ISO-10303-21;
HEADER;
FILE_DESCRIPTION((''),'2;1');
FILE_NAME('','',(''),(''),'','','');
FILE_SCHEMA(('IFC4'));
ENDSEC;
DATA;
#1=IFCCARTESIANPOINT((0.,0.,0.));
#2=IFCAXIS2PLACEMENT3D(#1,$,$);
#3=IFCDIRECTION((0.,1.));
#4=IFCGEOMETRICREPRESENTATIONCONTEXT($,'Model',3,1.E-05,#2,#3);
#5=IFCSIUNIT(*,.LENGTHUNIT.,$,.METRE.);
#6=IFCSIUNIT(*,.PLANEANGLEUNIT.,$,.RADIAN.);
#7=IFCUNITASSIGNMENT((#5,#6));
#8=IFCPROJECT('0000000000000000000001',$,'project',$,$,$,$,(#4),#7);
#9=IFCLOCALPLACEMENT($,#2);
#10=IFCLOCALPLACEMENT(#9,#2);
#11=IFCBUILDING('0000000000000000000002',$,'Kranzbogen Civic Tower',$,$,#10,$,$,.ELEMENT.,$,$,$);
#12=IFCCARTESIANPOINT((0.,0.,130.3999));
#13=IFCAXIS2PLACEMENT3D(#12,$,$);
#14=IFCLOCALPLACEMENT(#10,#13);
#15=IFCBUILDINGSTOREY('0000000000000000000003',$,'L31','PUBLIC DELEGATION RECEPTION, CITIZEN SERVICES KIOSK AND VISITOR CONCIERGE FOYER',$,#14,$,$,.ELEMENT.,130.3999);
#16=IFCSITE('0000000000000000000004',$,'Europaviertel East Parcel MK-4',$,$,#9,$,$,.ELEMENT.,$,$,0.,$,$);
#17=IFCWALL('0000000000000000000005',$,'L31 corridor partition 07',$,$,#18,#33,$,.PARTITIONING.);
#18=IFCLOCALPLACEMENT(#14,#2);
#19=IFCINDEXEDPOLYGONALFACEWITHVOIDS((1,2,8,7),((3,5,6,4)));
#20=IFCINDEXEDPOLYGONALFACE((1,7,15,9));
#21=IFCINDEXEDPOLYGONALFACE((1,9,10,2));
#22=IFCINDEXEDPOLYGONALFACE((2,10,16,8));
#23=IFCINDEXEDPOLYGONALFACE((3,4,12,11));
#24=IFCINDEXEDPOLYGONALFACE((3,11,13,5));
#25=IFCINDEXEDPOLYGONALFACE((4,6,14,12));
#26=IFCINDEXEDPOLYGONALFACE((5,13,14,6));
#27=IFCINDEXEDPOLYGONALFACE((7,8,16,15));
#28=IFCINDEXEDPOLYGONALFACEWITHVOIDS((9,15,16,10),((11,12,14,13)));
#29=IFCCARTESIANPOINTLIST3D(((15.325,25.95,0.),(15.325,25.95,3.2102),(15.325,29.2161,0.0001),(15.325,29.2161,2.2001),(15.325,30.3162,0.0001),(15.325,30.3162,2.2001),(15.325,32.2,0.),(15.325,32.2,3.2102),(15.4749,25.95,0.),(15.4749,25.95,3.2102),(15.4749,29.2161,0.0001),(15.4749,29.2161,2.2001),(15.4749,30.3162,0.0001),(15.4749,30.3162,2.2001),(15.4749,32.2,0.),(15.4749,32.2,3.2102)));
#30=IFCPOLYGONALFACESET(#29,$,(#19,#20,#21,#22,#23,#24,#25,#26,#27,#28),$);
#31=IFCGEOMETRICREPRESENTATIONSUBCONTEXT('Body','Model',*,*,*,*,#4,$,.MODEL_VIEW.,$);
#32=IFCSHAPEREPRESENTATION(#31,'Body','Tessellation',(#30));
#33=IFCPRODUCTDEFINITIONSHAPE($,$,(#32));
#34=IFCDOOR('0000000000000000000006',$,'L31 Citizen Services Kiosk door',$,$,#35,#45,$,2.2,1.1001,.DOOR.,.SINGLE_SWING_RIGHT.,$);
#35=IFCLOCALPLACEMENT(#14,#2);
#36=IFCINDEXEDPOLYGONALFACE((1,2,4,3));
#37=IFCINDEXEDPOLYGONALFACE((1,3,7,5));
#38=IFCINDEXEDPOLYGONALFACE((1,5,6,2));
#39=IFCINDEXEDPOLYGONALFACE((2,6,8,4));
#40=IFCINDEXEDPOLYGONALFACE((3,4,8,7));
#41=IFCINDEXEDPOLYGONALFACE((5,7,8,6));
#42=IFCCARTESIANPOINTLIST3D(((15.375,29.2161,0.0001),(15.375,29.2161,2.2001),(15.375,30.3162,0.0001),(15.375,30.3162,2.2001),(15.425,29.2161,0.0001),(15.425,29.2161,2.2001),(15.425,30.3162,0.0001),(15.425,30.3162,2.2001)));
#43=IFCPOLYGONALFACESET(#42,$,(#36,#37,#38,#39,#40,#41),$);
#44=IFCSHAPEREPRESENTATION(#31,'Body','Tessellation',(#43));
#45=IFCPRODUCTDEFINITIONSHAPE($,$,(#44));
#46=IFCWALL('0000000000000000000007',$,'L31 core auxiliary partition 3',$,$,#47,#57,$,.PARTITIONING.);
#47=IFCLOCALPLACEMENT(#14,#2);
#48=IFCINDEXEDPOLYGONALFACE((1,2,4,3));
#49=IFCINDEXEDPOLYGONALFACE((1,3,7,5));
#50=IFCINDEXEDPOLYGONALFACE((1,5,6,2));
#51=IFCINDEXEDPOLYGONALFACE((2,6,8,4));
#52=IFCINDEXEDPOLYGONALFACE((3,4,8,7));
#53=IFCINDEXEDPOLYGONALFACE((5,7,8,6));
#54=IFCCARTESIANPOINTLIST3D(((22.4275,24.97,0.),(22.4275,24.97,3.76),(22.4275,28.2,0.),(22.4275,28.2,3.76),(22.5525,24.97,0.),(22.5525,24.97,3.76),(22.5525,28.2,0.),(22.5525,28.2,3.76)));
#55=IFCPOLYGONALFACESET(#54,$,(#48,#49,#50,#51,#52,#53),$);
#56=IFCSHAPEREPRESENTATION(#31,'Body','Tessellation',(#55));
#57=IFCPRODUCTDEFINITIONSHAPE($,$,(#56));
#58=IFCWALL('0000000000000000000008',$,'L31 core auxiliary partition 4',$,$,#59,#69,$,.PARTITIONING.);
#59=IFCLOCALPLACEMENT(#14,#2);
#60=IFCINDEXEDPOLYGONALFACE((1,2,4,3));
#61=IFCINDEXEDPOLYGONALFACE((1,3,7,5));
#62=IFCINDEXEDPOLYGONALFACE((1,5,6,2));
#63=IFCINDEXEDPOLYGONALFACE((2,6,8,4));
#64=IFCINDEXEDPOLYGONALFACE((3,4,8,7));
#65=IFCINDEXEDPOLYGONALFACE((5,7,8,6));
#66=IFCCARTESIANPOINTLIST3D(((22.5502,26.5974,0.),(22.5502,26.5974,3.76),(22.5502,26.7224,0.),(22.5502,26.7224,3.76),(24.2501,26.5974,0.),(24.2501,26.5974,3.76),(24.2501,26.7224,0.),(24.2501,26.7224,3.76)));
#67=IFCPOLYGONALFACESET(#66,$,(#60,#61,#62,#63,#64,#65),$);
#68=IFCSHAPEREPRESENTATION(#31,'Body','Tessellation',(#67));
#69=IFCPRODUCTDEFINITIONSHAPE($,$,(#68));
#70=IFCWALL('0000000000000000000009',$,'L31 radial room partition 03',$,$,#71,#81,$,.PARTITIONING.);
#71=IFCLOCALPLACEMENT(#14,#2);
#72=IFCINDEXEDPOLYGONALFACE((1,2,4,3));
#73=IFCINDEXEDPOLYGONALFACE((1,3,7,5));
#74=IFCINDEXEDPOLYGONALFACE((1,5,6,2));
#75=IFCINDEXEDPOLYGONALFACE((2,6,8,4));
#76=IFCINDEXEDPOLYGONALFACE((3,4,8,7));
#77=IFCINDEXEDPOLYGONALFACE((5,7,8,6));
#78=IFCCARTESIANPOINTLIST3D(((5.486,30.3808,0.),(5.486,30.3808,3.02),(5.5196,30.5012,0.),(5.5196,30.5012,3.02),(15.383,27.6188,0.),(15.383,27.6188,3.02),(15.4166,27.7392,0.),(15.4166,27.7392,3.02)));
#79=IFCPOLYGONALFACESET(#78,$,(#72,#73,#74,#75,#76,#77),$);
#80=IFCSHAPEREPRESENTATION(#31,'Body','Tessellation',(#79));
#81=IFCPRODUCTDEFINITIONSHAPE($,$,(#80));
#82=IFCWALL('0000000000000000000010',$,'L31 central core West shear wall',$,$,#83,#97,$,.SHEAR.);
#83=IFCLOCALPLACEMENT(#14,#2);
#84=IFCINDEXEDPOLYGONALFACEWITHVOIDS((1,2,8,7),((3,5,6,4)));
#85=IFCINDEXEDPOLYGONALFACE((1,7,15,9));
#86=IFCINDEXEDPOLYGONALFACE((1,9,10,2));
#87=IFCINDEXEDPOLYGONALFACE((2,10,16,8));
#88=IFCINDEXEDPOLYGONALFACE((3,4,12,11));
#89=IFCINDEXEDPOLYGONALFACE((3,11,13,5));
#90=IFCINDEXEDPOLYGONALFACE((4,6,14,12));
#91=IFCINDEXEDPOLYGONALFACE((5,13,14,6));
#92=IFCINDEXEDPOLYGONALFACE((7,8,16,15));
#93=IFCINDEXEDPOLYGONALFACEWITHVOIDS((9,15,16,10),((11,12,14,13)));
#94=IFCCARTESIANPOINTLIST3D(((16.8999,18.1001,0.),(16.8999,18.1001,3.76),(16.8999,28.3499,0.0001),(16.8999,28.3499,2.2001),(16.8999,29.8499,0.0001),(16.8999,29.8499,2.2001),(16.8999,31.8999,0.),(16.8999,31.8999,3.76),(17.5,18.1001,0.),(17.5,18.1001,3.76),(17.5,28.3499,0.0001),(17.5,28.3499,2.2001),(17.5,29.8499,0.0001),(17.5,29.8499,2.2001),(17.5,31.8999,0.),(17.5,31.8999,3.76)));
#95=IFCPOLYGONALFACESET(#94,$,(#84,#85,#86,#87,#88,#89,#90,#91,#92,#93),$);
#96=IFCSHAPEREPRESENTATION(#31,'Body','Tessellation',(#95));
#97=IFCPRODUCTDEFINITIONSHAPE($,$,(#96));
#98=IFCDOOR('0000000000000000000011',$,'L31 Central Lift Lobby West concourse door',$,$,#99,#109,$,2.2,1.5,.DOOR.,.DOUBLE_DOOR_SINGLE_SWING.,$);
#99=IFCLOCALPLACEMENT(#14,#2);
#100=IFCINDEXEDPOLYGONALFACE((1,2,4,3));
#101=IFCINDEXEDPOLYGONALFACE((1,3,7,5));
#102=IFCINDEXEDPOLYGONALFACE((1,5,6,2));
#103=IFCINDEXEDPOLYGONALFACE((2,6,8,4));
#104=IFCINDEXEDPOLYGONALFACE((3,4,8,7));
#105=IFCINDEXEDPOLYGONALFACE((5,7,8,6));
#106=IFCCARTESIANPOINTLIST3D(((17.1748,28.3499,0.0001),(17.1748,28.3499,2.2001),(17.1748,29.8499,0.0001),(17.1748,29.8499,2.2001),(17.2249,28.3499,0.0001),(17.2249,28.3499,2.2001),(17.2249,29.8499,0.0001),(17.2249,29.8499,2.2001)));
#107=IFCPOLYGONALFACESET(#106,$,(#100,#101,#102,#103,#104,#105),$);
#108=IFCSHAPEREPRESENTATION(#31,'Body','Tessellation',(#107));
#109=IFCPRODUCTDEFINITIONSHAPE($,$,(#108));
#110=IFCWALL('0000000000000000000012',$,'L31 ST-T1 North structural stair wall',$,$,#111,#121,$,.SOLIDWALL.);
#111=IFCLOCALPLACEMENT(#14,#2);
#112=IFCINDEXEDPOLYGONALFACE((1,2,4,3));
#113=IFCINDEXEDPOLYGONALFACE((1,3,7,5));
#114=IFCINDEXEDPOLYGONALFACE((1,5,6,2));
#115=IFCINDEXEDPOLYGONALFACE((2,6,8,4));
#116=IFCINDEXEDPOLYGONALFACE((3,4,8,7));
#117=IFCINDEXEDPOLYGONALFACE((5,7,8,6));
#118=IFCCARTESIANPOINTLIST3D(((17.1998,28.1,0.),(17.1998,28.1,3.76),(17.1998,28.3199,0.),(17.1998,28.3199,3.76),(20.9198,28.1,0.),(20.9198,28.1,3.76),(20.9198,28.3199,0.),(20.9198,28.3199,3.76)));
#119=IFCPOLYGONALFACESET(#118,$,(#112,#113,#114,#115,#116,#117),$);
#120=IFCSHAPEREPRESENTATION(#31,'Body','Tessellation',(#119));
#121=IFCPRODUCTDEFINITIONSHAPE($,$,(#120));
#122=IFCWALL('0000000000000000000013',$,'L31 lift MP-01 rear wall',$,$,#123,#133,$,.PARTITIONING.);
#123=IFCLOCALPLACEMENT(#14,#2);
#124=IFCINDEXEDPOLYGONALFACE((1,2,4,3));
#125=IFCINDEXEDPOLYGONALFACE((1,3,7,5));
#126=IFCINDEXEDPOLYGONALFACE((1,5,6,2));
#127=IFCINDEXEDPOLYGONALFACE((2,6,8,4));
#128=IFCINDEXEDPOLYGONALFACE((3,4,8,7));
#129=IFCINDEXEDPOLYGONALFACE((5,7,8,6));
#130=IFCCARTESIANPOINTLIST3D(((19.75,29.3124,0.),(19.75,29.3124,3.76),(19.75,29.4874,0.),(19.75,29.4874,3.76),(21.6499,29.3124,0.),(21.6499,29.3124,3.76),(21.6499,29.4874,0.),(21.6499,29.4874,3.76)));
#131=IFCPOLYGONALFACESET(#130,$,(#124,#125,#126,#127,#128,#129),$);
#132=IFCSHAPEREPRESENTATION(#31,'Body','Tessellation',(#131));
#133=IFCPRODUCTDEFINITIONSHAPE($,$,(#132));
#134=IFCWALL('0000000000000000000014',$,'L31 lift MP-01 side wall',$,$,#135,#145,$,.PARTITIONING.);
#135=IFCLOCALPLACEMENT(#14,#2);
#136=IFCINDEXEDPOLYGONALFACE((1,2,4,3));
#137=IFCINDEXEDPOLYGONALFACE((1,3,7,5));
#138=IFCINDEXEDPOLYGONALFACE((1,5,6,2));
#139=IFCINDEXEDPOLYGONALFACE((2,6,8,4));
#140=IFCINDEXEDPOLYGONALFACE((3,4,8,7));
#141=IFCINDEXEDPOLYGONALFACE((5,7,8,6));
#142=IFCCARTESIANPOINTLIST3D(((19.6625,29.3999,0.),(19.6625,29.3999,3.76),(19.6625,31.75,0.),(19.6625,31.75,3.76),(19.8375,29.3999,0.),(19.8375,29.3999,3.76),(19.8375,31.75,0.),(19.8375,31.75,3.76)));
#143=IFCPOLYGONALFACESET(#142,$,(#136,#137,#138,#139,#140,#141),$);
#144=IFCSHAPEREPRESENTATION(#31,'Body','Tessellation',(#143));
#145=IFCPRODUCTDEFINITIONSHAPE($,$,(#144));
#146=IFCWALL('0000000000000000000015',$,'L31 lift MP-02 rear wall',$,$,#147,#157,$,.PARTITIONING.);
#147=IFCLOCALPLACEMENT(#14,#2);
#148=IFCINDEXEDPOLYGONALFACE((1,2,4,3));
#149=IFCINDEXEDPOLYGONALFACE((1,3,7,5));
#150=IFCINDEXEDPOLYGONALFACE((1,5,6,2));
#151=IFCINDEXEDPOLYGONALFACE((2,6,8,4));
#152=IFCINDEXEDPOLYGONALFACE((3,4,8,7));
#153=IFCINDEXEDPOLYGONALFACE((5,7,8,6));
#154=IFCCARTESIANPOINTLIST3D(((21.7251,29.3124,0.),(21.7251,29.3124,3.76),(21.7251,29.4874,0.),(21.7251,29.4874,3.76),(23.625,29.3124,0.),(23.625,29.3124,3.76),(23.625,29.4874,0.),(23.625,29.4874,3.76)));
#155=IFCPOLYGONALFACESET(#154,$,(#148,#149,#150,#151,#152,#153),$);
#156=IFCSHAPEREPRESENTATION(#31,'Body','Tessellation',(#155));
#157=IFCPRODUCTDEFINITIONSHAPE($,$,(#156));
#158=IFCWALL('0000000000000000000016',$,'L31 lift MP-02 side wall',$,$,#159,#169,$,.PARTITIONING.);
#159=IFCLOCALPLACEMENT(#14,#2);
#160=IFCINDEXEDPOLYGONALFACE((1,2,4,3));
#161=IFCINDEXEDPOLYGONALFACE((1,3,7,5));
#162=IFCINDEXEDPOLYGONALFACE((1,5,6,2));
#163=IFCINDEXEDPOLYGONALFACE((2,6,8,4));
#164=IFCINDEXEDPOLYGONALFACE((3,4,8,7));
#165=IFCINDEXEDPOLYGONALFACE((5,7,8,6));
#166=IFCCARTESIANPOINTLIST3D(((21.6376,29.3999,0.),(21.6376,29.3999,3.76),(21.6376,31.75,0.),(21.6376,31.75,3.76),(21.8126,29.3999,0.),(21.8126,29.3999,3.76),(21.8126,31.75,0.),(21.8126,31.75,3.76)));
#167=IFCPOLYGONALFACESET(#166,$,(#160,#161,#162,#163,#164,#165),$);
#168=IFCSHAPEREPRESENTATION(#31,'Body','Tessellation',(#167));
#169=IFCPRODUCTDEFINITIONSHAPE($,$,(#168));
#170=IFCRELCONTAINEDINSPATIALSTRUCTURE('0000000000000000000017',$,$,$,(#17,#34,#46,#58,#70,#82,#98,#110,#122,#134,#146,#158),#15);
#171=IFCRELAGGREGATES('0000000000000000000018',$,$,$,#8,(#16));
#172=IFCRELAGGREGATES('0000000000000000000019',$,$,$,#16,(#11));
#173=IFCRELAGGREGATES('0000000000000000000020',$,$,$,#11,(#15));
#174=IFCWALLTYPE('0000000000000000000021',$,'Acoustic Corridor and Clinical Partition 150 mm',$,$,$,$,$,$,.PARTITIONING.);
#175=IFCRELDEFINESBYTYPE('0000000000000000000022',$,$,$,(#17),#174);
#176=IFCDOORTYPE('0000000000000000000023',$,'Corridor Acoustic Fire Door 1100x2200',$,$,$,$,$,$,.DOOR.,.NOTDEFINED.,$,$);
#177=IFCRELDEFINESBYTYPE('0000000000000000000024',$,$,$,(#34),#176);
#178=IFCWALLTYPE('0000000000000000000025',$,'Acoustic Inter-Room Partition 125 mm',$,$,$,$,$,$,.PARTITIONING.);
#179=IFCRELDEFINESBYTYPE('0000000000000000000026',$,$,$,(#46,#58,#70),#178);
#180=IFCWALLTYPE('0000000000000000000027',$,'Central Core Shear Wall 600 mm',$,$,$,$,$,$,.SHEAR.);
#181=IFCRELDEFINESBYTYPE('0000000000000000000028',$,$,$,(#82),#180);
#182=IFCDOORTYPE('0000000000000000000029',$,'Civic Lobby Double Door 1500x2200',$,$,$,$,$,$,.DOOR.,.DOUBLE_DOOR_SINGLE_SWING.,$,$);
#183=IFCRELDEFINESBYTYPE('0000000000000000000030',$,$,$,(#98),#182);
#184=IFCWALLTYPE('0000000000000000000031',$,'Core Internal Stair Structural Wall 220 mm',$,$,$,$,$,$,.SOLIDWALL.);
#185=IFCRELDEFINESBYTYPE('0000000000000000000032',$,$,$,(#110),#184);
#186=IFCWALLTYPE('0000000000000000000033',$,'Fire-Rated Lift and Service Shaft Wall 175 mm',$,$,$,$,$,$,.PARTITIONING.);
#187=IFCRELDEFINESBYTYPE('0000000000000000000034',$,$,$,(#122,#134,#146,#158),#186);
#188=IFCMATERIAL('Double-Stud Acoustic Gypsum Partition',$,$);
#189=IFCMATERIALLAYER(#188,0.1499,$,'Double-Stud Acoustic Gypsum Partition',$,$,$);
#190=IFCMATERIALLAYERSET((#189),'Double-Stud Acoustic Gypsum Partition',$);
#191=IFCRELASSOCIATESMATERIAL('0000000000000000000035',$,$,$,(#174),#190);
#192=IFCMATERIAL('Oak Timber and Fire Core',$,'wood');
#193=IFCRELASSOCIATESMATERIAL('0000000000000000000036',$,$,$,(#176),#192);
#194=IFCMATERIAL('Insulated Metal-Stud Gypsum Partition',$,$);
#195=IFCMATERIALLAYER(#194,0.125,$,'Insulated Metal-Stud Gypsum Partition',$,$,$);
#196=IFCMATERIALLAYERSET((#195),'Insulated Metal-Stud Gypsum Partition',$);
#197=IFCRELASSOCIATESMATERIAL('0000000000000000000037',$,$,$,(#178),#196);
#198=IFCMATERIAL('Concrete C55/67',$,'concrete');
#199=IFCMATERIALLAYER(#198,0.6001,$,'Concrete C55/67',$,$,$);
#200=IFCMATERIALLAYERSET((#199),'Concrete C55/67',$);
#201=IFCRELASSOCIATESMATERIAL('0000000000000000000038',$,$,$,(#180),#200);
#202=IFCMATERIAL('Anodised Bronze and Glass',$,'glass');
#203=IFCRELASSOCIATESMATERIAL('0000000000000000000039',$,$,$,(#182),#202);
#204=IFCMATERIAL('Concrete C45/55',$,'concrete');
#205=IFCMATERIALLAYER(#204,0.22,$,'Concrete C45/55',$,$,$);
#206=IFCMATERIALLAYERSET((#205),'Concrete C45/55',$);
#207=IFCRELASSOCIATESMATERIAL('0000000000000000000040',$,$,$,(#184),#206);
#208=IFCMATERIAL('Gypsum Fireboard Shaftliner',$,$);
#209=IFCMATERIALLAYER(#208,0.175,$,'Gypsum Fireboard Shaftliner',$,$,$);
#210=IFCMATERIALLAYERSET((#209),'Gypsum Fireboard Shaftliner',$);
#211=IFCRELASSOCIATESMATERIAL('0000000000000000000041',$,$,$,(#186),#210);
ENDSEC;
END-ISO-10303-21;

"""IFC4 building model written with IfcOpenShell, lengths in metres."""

from ifc_helpers import new_model, si_unit, direction, frame, frame_2d, origin, place, context, subcontext, project, spatial, rectangle, extrude, material, layer, layer_set, type_object, element, fill, save


model = new_model("IFC4")

# Units and contexts
model_context = context("Model", 3, precision=1e-05, world=origin(), true_north=direction((0.0, 1.0)))
body_context = subcontext(model_context, "Body", "Model", "MODEL_VIEW")
ifc_project = project(units=[si_unit("LENGTHUNIT", "METRE"), si_unit("PLANEANGLEUNIT", "RADIAN")], contexts=[model_context])

# Site, building, storey
site_placement = place(None, origin())
site = spatial("IfcSite", under=ifc_project, at=site_placement, Name="Europaviertel East Parcel MK-4", CompositionType="ELEMENT", RefElevation=0.0)
building_placement = place(site_placement, origin())
building = spatial("IfcBuilding", under=site, at=building_placement, Name="Kranzbogen Civic Tower", CompositionType="ELEMENT")
storey_placement = place(building_placement, frame((0.0, 0.0, 130.3999)))
storey = spatial("IfcBuildingStorey", under=building, at=storey_placement, Name="L31", Description="PUBLIC DELEGATION RECEPTION, CITIZEN SERVICES KIOSK AND VISITOR CONCIERGE FOYER", CompositionType="ELEMENT", Elevation=130.3999)

# Shared definitions
ifc_material_1 = material(Name="Double-Stud Acoustic Gypsum Partition")
ifc_layer_1 = layer(ifc_material_1, 0.1499, Name="Double-Stud Acoustic Gypsum Partition")
ifc_layer_set_1 = layer_set([ifc_layer_1], Name="Double-Stud Acoustic Gypsum Partition")
wall_type_1 = type_object("IfcWallType", Name="Acoustic Corridor and Clinical Partition 150 mm", PredefinedType="PARTITIONING", material=ifc_layer_set_1)

# Wall, opening, door
wall_1_placement = place(storey_placement, frame((15.3999, 25.95, 0.0), z_axis=(0.0, 0.0, 1.0), x_axis=(0.0, 1.0, 0.0)))
wall_1 = element("IfcWall", 1, at=wall_1_placement, inside=storey, type_object=wall_type_1, Name="L31 corridor partition 07", PredefinedType="PARTITIONING", context=body_context, shape_type="SweptSolid", body=[
    extrude(rectangle(XDim=6.25, YDim=0.1499, at=frame_2d((3.125, 0.0))), origin(), (0.0, 0.0, 1.0), 3.2102),
])
opening_1_placement = place(wall_1_placement, frame((3.2661, 0.0, 0.0)))
opening_1 = element("IfcOpeningElement", 2, at=opening_1_placement, cuts=wall_1, PredefinedType="OPENING", context=body_context, shape_type="SweptSolid", body=[
    extrude(rectangle(XDim=1.1001, YDim=2.2, at=frame_2d((0.55, 1.1001))), frame((0.0, 0.085, 0.0), z_axis=(0.0, -1.0, 0.0), x_axis=(1.0, 0.0, 0.0)), (0.0, 0.0, 1.0), 0.1699),
])
ifc_material_2 = material(Name="Oak Timber and Fire Core", Category="wood")
door_type_1 = type_object("IfcDoorType", Name="Corridor Acoustic Fire Door 1100x2200", OperationType="NOTDEFINED", PredefinedType="DOOR", material=ifc_material_2)
door_1_placement = place(opening_1_placement, origin())
door_1 = element("IfcDoor", 3, at=door_1_placement, inside=storey, type_object=door_type_1, Name="L31 Citizen Services Kiosk door", OperationType="SINGLE_SWING_RIGHT", OverallHeight=2.2, OverallWidth=1.1001, PredefinedType="DOOR", context=body_context, shape_type="SweptSolid", body=[
    extrude(rectangle(XDim=1.1001, YDim=2.2, at=frame_2d((0.55, 1.1001))), frame((0.0, 0.0249, 0.0), z_axis=(0.0, -1.0, 0.0), x_axis=(1.0, 0.0, 0.0)), (0.0, 0.0, 1.0), 0.05),
])
fill(opening_1, door_1)
ifc_material_3 = material(Name="Insulated Metal-Stud Gypsum Partition")
ifc_layer_2 = layer(ifc_material_3, 0.125, Name="Insulated Metal-Stud Gypsum Partition")
ifc_layer_set_2 = layer_set([ifc_layer_2], Name="Insulated Metal-Stud Gypsum Partition")
wall_type_2 = type_object("IfcWallType", Name="Acoustic Inter-Room Partition 125 mm", PredefinedType="PARTITIONING", material=ifc_layer_set_2)

# Walls
wall_2_placement = place(storey_placement, frame((22.49, 24.97, 0.0), z_axis=(0.0, 0.0, 1.0), x_axis=(0.0, 1.0, 0.0)))
element("IfcWall", 4, at=wall_2_placement, inside=storey, type_object=wall_type_2, Name="L31 core auxiliary partition 3", PredefinedType="PARTITIONING", context=body_context, shape_type="SweptSolid", body=[
    extrude(rectangle(XDim=3.23, YDim=0.125, at=frame_2d((1.615, 0.0))), origin(), (0.0, 0.0, 1.0), 3.76),
])
wall_3_placement = place(storey_placement, frame((22.55, 26.6599, 0.0), z_axis=(0.0, 0.0, 1.0), x_axis=(1.0, 0.0, 0.0)))
element("IfcWall", 5, at=wall_3_placement, inside=storey, type_object=wall_type_2, Name="L31 core auxiliary partition 4", PredefinedType="PARTITIONING", context=body_context, shape_type="SweptSolid", body=[
    extrude(rectangle(XDim=1.7, YDim=0.125, at=frame_2d((0.8501, 0.0))), origin(), (0.0, 0.0, 1.0), 3.76),
])
wall_4_placement = place(storey_placement, frame((15.3999, 27.679, 0.0), z_axis=(0.0, 0.0, 1.0), x_axis=(-0.963196, 0.268801, 0.0)))
element("IfcWall", 6, at=wall_4_placement, inside=storey, type_object=wall_type_2, Name="L31 radial room partition 03", PredefinedType="PARTITIONING", context=body_context, shape_type="SweptSolid", body=[
    extrude(rectangle(XDim=10.2751, YDim=0.125, at=frame_2d((5.1377, 0.0))), origin(), (0.0, 0.0, 1.0), 3.02),
])

# Wall, opening, door
ifc_material_4 = material(Name="Concrete C55/67", Category="concrete")
ifc_layer_3 = layer(ifc_material_4, 0.6001, Name="Concrete C55/67")
ifc_layer_set_3 = layer_set([ifc_layer_3], Name="Concrete C55/67")
wall_type_3 = type_object("IfcWallType", Name="Central Core Shear Wall 600 mm", PredefinedType="SHEAR", material=ifc_layer_set_3)
wall_5_placement = place(storey_placement, frame((17.2, 31.8999, 0.0), z_axis=(0.0, 0.0, 1.0), x_axis=(0.0, -1.0, 0.0)))
wall_5 = element("IfcWall", 7, at=wall_5_placement, inside=storey, type_object=wall_type_3, Name="L31 central core West shear wall", PredefinedType="SHEAR", context=body_context, shape_type="SweptSolid", body=[
    extrude(rectangle(XDim=13.7998, YDim=0.6001, at=frame_2d((6.8999, 0.0))), origin(), (0.0, 0.0, 1.0), 3.76),
])
opening_2_placement = place(wall_5_placement, frame((2.05, 0.0, 0.0)))
opening_2 = element("IfcOpeningElement", 8, at=opening_2_placement, cuts=wall_5, PredefinedType="OPENING", context=body_context, shape_type="SweptSolid", body=[
    extrude(rectangle(XDim=1.5, YDim=2.2, at=frame_2d((0.75, 1.1001))), frame((0.0, 0.3101, 0.0), z_axis=(0.0, -1.0, 0.0), x_axis=(1.0, 0.0, 0.0)), (0.0, 0.0, 1.0), 0.6201),
])
ifc_material_5 = material(Name="Anodised Bronze and Glass", Category="glass")
door_type_2 = type_object("IfcDoorType", Name="Civic Lobby Double Door 1500x2200", OperationType="DOUBLE_DOOR_SINGLE_SWING", PredefinedType="DOOR", material=ifc_material_5)
door_2_placement = place(opening_2_placement, origin())
door_2 = element("IfcDoor", 9, at=door_2_placement, inside=storey, type_object=door_type_2, Name="L31 Central Lift Lobby West concourse door", OperationType="DOUBLE_DOOR_SINGLE_SWING", OverallHeight=2.2, OverallWidth=1.5, PredefinedType="DOOR", context=body_context, shape_type="SweptSolid", body=[
    extrude(rectangle(XDim=1.5, YDim=2.2, at=frame_2d((0.75, 1.1001))), frame((0.0, 0.0249, 0.0), z_axis=(0.0, -1.0, 0.0), x_axis=(1.0, 0.0, 0.0)), (0.0, 0.0, 1.0), 0.05),
])
fill(opening_2, door_2)

# Walls
ifc_material_6 = material(Name="Concrete C45/55", Category="concrete")
ifc_layer_4 = layer(ifc_material_6, 0.22, Name="Concrete C45/55")
ifc_layer_set_4 = layer_set([ifc_layer_4], Name="Concrete C45/55")
wall_type_4 = type_object("IfcWallType", Name="Core Internal Stair Structural Wall 220 mm", PredefinedType="SOLIDWALL", material=ifc_layer_set_4)
wall_6_placement = place(storey_placement, frame((17.2, 28.21, 0.0), z_axis=(0.0, 0.0, 1.0), x_axis=(1.0, 0.0, 0.0)))
element("IfcWall", 10, at=wall_6_placement, inside=storey, type_object=wall_type_4, Name="L31 ST-T1 North structural stair wall", PredefinedType="SOLIDWALL", context=body_context, shape_type="SweptSolid", body=[
    extrude(rectangle(XDim=3.72, YDim=0.22, at=frame_2d((1.8599, 0.0))), origin(), (0.0, 0.0, 1.0), 3.76),
])
ifc_material_7 = material(Name="Gypsum Fireboard Shaftliner")
ifc_layer_5 = layer(ifc_material_7, 0.175, Name="Gypsum Fireboard Shaftliner")
ifc_layer_set_5 = layer_set([ifc_layer_5], Name="Gypsum Fireboard Shaftliner")
wall_type_5 = type_object("IfcWallType", Name="Fire-Rated Lift and Service Shaft Wall 175 mm", PredefinedType="PARTITIONING", material=ifc_layer_set_5)
wall_7_placement = place(storey_placement, frame((19.75, 29.3999, 0.0), z_axis=(0.0, 0.0, 1.0), x_axis=(1.0, 0.0, 0.0)))
element("IfcWall", 11, at=wall_7_placement, inside=storey, type_object=wall_type_5, Name="L31 lift MP-01 rear wall", PredefinedType="PARTITIONING", context=body_context, shape_type="SweptSolid", body=[
    extrude(rectangle(XDim=1.8999, YDim=0.175, at=frame_2d((0.95, 0.0))), origin(), (0.0, 0.0, 1.0), 3.76),
])
wall_8_placement = place(storey_placement, frame((19.75, 29.3999, 0.0), z_axis=(0.0, 0.0, 1.0), x_axis=(0.0, 1.0, 0.0)))
element("IfcWall", 12, at=wall_8_placement, inside=storey, type_object=wall_type_5, Name="L31 lift MP-01 side wall", PredefinedType="PARTITIONING", context=body_context, shape_type="SweptSolid", body=[
    extrude(rectangle(XDim=2.3501, YDim=0.175, at=frame_2d((1.175, 0.0))), origin(), (0.0, 0.0, 1.0), 3.76),
])
wall_9_placement = place(storey_placement, frame((21.7251, 29.3999, 0.0), z_axis=(0.0, 0.0, 1.0), x_axis=(1.0, 0.0, 0.0)))
element("IfcWall", 13, at=wall_9_placement, inside=storey, type_object=wall_type_5, Name="L31 lift MP-02 rear wall", PredefinedType="PARTITIONING", context=body_context, shape_type="SweptSolid", body=[
    extrude(rectangle(XDim=1.8999, YDim=0.175, at=frame_2d((0.95, 0.0))), origin(), (0.0, 0.0, 1.0), 3.76),
])
wall_10_placement = place(storey_placement, frame((21.7251, 29.3999, 0.0), z_axis=(0.0, 0.0, 1.0), x_axis=(0.0, 1.0, 0.0)))
element("IfcWall", 14, at=wall_10_placement, inside=storey, type_object=wall_type_5, Name="L31 lift MP-02 side wall", PredefinedType="PARTITIONING", context=body_context, shape_type="SweptSolid", body=[
    extrude(rectangle(XDim=2.3501, YDim=0.175, at=frame_2d((1.175, 0.0))), origin(), (0.0, 0.0, 1.0), 3.76),
])

save(model, "model.ifc")
